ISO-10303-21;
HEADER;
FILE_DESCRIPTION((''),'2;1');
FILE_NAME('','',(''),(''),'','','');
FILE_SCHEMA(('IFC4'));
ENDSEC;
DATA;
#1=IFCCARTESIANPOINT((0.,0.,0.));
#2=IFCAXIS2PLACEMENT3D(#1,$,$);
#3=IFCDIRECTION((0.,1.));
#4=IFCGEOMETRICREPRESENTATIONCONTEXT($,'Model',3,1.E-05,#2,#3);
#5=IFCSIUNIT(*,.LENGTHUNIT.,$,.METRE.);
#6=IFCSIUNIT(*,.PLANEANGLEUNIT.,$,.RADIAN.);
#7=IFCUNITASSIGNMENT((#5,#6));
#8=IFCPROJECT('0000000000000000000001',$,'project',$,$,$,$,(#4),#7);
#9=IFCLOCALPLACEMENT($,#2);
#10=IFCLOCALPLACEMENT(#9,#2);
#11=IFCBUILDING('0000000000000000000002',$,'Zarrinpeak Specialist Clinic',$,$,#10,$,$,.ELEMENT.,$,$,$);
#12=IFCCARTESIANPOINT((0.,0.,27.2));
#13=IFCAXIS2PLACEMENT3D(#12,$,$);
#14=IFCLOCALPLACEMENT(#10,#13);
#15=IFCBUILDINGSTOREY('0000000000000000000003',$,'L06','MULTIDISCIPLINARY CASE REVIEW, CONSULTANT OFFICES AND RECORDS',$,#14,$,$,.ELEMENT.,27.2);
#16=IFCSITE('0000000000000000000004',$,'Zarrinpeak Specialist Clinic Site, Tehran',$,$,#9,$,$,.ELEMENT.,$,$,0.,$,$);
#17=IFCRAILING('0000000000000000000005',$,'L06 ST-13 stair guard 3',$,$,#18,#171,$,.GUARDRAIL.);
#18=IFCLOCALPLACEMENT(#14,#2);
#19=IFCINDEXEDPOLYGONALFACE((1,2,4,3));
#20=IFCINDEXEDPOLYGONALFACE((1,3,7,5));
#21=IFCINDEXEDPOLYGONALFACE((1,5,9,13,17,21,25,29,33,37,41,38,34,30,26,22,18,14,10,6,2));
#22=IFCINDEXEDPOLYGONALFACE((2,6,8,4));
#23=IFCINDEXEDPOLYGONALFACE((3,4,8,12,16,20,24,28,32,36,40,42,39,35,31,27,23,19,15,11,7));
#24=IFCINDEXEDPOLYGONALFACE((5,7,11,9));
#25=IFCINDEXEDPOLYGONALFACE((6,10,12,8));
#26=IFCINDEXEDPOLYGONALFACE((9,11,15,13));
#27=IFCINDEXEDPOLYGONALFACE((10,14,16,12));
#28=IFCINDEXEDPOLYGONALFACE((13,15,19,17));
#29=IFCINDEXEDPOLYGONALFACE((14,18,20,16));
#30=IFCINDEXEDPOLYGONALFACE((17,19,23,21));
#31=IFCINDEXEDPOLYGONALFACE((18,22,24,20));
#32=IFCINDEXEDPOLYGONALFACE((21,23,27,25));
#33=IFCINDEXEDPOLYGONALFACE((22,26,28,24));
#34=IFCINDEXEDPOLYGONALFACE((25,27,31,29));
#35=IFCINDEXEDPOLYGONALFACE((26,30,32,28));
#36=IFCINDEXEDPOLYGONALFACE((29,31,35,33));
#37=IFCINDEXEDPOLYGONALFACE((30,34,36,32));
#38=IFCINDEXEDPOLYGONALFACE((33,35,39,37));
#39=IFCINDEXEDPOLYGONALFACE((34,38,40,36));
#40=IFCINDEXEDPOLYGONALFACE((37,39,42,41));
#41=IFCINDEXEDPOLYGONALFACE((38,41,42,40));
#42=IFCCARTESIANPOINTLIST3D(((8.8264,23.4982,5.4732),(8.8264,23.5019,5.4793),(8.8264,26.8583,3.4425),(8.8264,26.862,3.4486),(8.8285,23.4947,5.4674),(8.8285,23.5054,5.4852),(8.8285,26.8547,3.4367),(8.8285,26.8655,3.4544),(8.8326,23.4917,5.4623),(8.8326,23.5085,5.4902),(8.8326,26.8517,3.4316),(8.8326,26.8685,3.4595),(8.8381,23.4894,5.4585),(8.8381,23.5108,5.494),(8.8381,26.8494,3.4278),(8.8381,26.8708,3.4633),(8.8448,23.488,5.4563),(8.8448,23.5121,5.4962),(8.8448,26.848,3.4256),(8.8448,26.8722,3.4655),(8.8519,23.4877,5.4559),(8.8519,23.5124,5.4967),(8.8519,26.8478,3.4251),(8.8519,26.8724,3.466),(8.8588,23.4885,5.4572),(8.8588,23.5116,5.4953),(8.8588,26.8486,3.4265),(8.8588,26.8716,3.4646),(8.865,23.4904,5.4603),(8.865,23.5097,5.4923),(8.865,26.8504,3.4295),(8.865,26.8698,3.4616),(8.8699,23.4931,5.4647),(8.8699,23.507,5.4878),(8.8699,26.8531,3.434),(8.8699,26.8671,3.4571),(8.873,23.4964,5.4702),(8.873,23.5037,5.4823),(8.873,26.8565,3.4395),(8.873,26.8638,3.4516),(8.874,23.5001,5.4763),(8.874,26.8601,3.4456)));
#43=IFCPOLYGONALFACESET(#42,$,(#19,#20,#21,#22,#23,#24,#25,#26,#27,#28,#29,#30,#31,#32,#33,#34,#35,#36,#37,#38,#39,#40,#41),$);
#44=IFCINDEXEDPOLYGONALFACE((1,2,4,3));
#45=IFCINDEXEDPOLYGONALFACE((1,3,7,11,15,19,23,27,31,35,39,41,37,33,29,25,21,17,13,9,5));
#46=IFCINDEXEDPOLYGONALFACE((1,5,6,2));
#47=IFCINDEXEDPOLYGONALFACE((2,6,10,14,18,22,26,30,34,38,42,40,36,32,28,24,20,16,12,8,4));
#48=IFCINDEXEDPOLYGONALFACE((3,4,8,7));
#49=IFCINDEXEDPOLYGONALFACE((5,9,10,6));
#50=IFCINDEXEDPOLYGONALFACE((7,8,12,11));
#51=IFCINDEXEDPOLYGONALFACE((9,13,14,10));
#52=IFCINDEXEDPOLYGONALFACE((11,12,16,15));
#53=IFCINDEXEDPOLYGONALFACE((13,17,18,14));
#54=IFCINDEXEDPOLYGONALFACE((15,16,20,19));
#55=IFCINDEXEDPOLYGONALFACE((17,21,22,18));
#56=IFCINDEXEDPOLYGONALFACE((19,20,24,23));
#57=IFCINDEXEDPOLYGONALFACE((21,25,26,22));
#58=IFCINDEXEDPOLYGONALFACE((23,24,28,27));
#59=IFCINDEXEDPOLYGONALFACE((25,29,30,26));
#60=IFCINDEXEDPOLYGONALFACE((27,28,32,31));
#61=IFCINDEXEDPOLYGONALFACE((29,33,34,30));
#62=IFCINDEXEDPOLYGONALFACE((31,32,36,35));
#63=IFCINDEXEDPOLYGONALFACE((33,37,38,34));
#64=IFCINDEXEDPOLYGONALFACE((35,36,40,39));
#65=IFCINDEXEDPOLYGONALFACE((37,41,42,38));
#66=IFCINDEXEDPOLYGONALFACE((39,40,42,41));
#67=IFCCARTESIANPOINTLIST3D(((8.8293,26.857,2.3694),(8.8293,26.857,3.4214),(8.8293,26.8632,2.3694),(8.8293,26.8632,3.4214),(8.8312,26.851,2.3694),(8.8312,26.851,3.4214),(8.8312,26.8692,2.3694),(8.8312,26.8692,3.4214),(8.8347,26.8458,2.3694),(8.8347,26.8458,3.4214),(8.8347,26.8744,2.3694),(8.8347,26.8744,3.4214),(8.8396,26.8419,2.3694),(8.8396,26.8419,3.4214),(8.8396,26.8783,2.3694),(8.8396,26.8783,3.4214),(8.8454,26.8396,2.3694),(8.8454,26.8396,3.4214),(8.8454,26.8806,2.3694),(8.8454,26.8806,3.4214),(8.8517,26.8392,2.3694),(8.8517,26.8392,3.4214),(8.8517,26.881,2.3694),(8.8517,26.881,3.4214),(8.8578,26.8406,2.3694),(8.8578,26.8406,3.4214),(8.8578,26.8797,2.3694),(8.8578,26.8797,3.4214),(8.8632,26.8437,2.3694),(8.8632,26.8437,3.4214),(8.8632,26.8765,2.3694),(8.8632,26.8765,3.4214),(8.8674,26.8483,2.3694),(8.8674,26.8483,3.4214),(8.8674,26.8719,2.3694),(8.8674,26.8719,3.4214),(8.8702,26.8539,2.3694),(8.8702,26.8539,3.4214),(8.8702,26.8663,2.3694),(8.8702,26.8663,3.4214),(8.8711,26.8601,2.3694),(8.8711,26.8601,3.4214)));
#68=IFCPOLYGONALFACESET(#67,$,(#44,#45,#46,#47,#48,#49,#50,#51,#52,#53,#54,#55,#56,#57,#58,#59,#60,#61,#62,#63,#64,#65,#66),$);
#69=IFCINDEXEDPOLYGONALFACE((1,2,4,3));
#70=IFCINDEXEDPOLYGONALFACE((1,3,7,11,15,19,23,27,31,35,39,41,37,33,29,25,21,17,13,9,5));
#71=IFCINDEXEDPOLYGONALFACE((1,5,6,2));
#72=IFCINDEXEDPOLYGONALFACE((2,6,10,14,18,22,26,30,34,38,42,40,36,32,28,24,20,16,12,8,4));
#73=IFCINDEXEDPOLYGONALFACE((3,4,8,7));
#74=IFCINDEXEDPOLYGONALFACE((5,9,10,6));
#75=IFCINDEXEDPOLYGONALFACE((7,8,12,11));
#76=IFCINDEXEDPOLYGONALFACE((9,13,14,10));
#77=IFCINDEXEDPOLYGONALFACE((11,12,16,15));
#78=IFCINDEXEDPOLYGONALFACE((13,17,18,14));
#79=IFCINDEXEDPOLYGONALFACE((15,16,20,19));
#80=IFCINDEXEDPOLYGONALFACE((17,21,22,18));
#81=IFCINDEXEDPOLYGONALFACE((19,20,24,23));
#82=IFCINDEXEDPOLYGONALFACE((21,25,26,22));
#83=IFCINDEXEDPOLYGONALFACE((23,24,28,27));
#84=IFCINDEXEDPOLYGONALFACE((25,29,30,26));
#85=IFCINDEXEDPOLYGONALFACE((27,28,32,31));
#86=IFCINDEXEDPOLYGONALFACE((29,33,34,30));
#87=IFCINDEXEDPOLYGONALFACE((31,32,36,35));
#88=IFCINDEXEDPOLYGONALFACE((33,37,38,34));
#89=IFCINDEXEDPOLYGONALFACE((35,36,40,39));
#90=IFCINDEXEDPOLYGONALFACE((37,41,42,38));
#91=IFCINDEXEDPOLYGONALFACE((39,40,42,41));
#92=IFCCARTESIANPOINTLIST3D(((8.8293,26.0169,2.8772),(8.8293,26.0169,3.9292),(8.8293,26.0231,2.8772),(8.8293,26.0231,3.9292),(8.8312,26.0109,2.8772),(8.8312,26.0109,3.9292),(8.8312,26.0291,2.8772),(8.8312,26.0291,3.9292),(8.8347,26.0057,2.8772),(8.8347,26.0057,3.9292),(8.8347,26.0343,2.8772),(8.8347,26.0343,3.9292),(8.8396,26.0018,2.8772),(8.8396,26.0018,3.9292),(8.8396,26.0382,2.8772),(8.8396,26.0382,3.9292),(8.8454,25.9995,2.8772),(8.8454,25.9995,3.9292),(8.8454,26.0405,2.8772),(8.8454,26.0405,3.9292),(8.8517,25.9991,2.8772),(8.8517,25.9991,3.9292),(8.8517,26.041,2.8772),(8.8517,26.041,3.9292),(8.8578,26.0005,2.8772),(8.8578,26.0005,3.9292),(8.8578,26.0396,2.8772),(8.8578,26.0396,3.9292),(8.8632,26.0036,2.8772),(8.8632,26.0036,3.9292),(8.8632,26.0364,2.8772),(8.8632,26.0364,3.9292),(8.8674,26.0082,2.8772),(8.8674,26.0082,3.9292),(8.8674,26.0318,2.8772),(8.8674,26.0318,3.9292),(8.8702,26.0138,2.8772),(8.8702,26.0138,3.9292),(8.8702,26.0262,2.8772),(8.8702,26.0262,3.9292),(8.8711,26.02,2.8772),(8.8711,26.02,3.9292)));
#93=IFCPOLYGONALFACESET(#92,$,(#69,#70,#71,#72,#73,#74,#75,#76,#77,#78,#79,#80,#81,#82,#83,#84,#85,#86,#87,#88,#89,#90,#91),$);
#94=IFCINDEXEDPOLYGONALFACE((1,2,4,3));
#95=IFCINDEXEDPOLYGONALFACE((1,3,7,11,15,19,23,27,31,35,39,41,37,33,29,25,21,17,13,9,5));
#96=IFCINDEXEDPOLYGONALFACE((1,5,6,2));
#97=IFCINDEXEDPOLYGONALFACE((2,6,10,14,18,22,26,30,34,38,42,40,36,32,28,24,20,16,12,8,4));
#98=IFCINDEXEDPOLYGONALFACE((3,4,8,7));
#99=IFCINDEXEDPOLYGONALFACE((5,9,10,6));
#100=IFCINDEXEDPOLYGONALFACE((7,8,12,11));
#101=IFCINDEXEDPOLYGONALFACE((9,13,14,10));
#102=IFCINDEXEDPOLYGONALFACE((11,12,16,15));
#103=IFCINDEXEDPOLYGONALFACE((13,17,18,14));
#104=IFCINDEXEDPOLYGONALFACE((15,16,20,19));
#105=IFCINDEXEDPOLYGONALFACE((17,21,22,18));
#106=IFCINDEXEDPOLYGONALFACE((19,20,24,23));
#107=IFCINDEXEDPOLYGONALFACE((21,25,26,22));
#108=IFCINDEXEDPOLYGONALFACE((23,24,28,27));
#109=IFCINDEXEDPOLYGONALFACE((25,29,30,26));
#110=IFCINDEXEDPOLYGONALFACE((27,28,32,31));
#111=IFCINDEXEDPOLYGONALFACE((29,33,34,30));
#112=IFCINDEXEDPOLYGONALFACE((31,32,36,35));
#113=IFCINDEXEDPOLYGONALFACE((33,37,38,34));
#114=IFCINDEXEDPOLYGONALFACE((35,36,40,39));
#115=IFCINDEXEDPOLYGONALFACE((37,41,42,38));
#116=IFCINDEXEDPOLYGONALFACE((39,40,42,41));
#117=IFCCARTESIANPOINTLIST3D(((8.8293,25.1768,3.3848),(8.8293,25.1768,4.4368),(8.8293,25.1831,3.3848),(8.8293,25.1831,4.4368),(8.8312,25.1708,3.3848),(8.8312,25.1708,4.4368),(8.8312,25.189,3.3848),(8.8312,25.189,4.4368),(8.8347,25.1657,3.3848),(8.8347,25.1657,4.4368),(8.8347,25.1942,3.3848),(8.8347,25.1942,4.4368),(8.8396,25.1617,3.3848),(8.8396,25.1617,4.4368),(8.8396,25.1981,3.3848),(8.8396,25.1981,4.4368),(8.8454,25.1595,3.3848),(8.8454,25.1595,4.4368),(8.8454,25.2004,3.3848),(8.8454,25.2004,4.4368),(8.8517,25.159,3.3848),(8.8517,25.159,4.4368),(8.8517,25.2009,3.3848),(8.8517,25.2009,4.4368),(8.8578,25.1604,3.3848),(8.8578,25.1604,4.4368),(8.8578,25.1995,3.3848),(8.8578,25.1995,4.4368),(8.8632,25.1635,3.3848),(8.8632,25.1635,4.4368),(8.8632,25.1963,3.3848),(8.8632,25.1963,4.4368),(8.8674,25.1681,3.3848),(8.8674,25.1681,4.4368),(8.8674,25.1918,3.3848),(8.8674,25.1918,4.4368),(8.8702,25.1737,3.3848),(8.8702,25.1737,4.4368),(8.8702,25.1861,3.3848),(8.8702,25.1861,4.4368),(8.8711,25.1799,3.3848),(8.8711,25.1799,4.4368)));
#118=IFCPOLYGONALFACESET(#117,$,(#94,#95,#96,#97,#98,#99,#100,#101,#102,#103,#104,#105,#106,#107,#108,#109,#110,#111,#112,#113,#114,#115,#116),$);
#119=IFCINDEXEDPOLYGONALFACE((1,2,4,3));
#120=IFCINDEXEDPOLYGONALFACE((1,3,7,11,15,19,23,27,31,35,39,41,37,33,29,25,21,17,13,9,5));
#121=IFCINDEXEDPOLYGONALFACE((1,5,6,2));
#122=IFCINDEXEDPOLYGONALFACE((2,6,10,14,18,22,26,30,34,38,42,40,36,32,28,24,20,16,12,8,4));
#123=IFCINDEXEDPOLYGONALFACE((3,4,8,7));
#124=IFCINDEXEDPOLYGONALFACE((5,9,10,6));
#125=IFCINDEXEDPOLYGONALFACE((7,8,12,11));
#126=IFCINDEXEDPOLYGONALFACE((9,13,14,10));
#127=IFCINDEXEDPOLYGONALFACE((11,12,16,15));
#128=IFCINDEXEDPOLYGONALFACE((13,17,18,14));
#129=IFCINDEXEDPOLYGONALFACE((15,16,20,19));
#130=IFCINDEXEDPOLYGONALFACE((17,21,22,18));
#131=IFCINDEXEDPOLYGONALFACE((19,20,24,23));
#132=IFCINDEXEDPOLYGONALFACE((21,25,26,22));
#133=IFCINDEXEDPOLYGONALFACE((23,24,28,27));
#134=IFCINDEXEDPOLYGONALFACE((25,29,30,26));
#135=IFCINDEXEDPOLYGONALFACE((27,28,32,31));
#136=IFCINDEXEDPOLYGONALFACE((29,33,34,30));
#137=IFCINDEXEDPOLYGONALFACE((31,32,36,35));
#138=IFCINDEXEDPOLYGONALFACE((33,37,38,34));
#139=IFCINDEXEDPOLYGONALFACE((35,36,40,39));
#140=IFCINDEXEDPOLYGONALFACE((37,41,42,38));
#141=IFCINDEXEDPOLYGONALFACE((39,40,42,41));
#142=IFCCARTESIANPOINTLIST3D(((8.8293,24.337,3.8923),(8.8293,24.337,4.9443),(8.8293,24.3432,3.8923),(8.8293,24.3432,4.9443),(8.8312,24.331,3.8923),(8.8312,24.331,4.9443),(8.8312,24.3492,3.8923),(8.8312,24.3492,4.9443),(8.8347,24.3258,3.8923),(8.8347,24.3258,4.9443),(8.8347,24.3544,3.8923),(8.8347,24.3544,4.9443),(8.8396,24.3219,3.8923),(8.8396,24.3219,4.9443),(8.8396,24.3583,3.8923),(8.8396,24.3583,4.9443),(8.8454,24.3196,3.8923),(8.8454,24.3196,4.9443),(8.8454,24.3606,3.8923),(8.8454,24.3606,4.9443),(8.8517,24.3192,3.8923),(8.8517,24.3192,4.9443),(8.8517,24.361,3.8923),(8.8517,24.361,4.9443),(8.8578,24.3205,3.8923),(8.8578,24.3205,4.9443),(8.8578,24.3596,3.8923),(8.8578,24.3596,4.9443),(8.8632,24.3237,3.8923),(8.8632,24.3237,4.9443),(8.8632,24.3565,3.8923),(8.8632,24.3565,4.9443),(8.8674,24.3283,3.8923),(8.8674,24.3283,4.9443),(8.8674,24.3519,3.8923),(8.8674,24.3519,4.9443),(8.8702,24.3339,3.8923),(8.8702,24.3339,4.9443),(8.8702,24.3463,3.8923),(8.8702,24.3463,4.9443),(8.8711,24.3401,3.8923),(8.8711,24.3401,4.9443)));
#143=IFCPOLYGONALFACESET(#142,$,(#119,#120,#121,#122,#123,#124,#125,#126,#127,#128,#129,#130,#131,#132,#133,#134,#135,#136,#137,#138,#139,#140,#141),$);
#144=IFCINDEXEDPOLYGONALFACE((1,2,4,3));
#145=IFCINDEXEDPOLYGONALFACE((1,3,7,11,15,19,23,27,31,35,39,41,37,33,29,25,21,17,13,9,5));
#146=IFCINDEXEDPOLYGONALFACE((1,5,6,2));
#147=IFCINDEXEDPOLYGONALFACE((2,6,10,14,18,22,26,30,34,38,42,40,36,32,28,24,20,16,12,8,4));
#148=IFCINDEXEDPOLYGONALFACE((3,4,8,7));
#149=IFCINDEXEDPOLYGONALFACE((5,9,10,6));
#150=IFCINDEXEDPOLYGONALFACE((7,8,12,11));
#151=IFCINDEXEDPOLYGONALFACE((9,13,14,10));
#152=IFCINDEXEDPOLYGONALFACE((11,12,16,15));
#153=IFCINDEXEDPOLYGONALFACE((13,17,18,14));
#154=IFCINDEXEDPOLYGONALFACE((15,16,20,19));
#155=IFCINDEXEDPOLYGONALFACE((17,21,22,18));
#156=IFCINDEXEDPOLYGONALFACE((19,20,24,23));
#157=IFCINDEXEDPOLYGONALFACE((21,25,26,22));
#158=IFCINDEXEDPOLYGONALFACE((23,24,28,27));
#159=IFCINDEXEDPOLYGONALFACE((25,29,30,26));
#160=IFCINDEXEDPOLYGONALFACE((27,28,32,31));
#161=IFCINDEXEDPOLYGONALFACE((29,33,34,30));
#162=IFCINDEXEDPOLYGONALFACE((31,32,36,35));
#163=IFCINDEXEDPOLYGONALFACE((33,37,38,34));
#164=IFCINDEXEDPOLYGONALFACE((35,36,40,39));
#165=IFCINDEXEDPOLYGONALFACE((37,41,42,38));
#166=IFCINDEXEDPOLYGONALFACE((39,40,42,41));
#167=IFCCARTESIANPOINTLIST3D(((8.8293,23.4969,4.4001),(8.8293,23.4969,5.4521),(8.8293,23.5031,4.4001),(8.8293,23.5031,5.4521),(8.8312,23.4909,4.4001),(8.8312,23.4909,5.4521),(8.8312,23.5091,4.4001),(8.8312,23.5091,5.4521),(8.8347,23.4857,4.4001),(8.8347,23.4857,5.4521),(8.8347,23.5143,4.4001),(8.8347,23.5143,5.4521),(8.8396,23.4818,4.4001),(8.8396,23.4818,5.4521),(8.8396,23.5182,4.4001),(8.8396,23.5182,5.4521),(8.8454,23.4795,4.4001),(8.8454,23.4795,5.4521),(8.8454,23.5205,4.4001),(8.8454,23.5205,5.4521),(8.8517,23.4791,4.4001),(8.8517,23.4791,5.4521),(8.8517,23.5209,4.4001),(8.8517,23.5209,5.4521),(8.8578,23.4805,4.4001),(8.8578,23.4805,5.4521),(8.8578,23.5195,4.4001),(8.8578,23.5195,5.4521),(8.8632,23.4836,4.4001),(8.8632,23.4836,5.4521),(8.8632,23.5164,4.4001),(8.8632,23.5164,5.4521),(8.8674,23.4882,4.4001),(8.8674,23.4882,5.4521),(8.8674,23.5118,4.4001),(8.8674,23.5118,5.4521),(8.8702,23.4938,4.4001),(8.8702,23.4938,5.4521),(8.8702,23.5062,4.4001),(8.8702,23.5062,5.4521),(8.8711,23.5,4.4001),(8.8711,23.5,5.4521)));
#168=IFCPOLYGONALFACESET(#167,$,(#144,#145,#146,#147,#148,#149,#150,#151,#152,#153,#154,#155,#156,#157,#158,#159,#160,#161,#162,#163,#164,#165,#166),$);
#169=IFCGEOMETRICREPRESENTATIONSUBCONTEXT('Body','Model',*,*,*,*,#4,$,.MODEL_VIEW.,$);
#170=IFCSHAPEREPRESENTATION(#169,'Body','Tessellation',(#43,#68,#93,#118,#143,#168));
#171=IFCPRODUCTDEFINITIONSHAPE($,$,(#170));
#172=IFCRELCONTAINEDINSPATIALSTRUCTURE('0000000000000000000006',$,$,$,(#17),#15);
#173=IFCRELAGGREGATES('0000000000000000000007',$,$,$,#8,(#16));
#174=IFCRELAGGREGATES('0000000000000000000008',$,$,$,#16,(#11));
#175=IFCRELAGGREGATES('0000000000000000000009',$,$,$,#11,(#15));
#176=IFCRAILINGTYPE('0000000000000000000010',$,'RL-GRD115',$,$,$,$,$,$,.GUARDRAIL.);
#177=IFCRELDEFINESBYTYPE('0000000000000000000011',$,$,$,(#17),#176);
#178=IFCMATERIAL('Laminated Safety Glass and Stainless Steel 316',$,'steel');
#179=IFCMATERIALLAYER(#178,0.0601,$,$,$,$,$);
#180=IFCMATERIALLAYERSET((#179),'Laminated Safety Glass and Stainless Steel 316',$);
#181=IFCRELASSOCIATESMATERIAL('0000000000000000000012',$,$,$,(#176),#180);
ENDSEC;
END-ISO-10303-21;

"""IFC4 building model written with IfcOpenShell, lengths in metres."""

from ifc_helpers import new_model, si_unit, direction, frame, origin, origin_2d, place, context, subcontext, project, spatial, circle, extrude, material, layer, layer_set, type_object, element, save


model = new_model("IFC4")

# Units and contexts
model_context = context("Model", 3, precision=1e-05, world=origin(), true_north=direction((0.0, 1.0)))
body_context = subcontext(model_context, "Body", "Model", "MODEL_VIEW")
ifc_project = project(units=[si_unit("LENGTHUNIT", "METRE"), si_unit("PLANEANGLEUNIT", "RADIAN")], contexts=[model_context])

# Site, building, storey
site_placement = place(None, origin())
site = spatial("IfcSite", under=ifc_project, at=site_placement, Name="Zarrinpeak Specialist Clinic Site, Tehran", CompositionType="ELEMENT", RefElevation=0.0)
building_placement = place(site_placement, origin())
building = spatial("IfcBuilding", under=site, at=building_placement, Name="Zarrinpeak Specialist Clinic", CompositionType="ELEMENT")
storey_placement = place(building_placement, frame((0.0, 0.0, 27.2)))
storey = spatial("IfcBuildingStorey", under=building, at=storey_placement, Name="L06", Description="MULTIDISCIPLINARY CASE REVIEW, CONSULTANT OFFICES AND RECORDS", CompositionType="ELEMENT", Elevation=27.2)

# Railing
ifc_material_1 = material(Name="Laminated Safety Glass and Stainless Steel 316", Category="steel")
ifc_layer_1 = layer(ifc_material_1, 0.0601)
ifc_layer_set_1 = layer_set([ifc_layer_1], Name="Laminated Safety Glass and Stainless Steel 316")
railing_type_1 = type_object("IfcRailingType", Name="RL-GRD115", PredefinedType="GUARDRAIL", material=ifc_layer_set_1)
railing_1_placement = place(storey_placement, frame((8.8501, 26.8601, 2.3694)))
element("IfcRailing", 1, at=railing_1_placement, inside=storey, type_object=railing_type_1, Name="L06 ST-13 stair guard 3", PredefinedType="GUARDRAIL", context=body_context, shape_type="SweptSolid", body=[
    extrude(circle(Radius=0.0239, at=origin_2d()), frame((0.0, 0.0, 1.0762), z_axis=(0.0, -0.855837, 0.517246), x_axis=(1.0, 0.0, 0.0)), (0.0, 0.0, 1.0), 3.926),
    extrude(circle(Radius=0.021, at=origin_2d()), origin(), (0.0, 0.0, 1.0), 1.052),
    extrude(circle(Radius=0.021, at=origin_2d()), frame((0.0, -0.8401, 0.5078)), (0.0, 0.0, 1.0), 1.052),
    extrude(circle(Radius=0.021, at=origin_2d()), frame((0.0, -1.6802, 1.0154)), (0.0, 0.0, 1.0), 1.052),
    extrude(circle(Radius=0.021, at=origin_2d()), frame((0.0, -2.52, 1.5229)), (0.0, 0.0, 1.0), 1.052),
    extrude(circle(Radius=0.021, at=origin_2d()), frame((0.0, -3.3601, 2.0308)), (0.0, 0.0, 1.0), 1.052),
])

save(model, "model.ifc")
